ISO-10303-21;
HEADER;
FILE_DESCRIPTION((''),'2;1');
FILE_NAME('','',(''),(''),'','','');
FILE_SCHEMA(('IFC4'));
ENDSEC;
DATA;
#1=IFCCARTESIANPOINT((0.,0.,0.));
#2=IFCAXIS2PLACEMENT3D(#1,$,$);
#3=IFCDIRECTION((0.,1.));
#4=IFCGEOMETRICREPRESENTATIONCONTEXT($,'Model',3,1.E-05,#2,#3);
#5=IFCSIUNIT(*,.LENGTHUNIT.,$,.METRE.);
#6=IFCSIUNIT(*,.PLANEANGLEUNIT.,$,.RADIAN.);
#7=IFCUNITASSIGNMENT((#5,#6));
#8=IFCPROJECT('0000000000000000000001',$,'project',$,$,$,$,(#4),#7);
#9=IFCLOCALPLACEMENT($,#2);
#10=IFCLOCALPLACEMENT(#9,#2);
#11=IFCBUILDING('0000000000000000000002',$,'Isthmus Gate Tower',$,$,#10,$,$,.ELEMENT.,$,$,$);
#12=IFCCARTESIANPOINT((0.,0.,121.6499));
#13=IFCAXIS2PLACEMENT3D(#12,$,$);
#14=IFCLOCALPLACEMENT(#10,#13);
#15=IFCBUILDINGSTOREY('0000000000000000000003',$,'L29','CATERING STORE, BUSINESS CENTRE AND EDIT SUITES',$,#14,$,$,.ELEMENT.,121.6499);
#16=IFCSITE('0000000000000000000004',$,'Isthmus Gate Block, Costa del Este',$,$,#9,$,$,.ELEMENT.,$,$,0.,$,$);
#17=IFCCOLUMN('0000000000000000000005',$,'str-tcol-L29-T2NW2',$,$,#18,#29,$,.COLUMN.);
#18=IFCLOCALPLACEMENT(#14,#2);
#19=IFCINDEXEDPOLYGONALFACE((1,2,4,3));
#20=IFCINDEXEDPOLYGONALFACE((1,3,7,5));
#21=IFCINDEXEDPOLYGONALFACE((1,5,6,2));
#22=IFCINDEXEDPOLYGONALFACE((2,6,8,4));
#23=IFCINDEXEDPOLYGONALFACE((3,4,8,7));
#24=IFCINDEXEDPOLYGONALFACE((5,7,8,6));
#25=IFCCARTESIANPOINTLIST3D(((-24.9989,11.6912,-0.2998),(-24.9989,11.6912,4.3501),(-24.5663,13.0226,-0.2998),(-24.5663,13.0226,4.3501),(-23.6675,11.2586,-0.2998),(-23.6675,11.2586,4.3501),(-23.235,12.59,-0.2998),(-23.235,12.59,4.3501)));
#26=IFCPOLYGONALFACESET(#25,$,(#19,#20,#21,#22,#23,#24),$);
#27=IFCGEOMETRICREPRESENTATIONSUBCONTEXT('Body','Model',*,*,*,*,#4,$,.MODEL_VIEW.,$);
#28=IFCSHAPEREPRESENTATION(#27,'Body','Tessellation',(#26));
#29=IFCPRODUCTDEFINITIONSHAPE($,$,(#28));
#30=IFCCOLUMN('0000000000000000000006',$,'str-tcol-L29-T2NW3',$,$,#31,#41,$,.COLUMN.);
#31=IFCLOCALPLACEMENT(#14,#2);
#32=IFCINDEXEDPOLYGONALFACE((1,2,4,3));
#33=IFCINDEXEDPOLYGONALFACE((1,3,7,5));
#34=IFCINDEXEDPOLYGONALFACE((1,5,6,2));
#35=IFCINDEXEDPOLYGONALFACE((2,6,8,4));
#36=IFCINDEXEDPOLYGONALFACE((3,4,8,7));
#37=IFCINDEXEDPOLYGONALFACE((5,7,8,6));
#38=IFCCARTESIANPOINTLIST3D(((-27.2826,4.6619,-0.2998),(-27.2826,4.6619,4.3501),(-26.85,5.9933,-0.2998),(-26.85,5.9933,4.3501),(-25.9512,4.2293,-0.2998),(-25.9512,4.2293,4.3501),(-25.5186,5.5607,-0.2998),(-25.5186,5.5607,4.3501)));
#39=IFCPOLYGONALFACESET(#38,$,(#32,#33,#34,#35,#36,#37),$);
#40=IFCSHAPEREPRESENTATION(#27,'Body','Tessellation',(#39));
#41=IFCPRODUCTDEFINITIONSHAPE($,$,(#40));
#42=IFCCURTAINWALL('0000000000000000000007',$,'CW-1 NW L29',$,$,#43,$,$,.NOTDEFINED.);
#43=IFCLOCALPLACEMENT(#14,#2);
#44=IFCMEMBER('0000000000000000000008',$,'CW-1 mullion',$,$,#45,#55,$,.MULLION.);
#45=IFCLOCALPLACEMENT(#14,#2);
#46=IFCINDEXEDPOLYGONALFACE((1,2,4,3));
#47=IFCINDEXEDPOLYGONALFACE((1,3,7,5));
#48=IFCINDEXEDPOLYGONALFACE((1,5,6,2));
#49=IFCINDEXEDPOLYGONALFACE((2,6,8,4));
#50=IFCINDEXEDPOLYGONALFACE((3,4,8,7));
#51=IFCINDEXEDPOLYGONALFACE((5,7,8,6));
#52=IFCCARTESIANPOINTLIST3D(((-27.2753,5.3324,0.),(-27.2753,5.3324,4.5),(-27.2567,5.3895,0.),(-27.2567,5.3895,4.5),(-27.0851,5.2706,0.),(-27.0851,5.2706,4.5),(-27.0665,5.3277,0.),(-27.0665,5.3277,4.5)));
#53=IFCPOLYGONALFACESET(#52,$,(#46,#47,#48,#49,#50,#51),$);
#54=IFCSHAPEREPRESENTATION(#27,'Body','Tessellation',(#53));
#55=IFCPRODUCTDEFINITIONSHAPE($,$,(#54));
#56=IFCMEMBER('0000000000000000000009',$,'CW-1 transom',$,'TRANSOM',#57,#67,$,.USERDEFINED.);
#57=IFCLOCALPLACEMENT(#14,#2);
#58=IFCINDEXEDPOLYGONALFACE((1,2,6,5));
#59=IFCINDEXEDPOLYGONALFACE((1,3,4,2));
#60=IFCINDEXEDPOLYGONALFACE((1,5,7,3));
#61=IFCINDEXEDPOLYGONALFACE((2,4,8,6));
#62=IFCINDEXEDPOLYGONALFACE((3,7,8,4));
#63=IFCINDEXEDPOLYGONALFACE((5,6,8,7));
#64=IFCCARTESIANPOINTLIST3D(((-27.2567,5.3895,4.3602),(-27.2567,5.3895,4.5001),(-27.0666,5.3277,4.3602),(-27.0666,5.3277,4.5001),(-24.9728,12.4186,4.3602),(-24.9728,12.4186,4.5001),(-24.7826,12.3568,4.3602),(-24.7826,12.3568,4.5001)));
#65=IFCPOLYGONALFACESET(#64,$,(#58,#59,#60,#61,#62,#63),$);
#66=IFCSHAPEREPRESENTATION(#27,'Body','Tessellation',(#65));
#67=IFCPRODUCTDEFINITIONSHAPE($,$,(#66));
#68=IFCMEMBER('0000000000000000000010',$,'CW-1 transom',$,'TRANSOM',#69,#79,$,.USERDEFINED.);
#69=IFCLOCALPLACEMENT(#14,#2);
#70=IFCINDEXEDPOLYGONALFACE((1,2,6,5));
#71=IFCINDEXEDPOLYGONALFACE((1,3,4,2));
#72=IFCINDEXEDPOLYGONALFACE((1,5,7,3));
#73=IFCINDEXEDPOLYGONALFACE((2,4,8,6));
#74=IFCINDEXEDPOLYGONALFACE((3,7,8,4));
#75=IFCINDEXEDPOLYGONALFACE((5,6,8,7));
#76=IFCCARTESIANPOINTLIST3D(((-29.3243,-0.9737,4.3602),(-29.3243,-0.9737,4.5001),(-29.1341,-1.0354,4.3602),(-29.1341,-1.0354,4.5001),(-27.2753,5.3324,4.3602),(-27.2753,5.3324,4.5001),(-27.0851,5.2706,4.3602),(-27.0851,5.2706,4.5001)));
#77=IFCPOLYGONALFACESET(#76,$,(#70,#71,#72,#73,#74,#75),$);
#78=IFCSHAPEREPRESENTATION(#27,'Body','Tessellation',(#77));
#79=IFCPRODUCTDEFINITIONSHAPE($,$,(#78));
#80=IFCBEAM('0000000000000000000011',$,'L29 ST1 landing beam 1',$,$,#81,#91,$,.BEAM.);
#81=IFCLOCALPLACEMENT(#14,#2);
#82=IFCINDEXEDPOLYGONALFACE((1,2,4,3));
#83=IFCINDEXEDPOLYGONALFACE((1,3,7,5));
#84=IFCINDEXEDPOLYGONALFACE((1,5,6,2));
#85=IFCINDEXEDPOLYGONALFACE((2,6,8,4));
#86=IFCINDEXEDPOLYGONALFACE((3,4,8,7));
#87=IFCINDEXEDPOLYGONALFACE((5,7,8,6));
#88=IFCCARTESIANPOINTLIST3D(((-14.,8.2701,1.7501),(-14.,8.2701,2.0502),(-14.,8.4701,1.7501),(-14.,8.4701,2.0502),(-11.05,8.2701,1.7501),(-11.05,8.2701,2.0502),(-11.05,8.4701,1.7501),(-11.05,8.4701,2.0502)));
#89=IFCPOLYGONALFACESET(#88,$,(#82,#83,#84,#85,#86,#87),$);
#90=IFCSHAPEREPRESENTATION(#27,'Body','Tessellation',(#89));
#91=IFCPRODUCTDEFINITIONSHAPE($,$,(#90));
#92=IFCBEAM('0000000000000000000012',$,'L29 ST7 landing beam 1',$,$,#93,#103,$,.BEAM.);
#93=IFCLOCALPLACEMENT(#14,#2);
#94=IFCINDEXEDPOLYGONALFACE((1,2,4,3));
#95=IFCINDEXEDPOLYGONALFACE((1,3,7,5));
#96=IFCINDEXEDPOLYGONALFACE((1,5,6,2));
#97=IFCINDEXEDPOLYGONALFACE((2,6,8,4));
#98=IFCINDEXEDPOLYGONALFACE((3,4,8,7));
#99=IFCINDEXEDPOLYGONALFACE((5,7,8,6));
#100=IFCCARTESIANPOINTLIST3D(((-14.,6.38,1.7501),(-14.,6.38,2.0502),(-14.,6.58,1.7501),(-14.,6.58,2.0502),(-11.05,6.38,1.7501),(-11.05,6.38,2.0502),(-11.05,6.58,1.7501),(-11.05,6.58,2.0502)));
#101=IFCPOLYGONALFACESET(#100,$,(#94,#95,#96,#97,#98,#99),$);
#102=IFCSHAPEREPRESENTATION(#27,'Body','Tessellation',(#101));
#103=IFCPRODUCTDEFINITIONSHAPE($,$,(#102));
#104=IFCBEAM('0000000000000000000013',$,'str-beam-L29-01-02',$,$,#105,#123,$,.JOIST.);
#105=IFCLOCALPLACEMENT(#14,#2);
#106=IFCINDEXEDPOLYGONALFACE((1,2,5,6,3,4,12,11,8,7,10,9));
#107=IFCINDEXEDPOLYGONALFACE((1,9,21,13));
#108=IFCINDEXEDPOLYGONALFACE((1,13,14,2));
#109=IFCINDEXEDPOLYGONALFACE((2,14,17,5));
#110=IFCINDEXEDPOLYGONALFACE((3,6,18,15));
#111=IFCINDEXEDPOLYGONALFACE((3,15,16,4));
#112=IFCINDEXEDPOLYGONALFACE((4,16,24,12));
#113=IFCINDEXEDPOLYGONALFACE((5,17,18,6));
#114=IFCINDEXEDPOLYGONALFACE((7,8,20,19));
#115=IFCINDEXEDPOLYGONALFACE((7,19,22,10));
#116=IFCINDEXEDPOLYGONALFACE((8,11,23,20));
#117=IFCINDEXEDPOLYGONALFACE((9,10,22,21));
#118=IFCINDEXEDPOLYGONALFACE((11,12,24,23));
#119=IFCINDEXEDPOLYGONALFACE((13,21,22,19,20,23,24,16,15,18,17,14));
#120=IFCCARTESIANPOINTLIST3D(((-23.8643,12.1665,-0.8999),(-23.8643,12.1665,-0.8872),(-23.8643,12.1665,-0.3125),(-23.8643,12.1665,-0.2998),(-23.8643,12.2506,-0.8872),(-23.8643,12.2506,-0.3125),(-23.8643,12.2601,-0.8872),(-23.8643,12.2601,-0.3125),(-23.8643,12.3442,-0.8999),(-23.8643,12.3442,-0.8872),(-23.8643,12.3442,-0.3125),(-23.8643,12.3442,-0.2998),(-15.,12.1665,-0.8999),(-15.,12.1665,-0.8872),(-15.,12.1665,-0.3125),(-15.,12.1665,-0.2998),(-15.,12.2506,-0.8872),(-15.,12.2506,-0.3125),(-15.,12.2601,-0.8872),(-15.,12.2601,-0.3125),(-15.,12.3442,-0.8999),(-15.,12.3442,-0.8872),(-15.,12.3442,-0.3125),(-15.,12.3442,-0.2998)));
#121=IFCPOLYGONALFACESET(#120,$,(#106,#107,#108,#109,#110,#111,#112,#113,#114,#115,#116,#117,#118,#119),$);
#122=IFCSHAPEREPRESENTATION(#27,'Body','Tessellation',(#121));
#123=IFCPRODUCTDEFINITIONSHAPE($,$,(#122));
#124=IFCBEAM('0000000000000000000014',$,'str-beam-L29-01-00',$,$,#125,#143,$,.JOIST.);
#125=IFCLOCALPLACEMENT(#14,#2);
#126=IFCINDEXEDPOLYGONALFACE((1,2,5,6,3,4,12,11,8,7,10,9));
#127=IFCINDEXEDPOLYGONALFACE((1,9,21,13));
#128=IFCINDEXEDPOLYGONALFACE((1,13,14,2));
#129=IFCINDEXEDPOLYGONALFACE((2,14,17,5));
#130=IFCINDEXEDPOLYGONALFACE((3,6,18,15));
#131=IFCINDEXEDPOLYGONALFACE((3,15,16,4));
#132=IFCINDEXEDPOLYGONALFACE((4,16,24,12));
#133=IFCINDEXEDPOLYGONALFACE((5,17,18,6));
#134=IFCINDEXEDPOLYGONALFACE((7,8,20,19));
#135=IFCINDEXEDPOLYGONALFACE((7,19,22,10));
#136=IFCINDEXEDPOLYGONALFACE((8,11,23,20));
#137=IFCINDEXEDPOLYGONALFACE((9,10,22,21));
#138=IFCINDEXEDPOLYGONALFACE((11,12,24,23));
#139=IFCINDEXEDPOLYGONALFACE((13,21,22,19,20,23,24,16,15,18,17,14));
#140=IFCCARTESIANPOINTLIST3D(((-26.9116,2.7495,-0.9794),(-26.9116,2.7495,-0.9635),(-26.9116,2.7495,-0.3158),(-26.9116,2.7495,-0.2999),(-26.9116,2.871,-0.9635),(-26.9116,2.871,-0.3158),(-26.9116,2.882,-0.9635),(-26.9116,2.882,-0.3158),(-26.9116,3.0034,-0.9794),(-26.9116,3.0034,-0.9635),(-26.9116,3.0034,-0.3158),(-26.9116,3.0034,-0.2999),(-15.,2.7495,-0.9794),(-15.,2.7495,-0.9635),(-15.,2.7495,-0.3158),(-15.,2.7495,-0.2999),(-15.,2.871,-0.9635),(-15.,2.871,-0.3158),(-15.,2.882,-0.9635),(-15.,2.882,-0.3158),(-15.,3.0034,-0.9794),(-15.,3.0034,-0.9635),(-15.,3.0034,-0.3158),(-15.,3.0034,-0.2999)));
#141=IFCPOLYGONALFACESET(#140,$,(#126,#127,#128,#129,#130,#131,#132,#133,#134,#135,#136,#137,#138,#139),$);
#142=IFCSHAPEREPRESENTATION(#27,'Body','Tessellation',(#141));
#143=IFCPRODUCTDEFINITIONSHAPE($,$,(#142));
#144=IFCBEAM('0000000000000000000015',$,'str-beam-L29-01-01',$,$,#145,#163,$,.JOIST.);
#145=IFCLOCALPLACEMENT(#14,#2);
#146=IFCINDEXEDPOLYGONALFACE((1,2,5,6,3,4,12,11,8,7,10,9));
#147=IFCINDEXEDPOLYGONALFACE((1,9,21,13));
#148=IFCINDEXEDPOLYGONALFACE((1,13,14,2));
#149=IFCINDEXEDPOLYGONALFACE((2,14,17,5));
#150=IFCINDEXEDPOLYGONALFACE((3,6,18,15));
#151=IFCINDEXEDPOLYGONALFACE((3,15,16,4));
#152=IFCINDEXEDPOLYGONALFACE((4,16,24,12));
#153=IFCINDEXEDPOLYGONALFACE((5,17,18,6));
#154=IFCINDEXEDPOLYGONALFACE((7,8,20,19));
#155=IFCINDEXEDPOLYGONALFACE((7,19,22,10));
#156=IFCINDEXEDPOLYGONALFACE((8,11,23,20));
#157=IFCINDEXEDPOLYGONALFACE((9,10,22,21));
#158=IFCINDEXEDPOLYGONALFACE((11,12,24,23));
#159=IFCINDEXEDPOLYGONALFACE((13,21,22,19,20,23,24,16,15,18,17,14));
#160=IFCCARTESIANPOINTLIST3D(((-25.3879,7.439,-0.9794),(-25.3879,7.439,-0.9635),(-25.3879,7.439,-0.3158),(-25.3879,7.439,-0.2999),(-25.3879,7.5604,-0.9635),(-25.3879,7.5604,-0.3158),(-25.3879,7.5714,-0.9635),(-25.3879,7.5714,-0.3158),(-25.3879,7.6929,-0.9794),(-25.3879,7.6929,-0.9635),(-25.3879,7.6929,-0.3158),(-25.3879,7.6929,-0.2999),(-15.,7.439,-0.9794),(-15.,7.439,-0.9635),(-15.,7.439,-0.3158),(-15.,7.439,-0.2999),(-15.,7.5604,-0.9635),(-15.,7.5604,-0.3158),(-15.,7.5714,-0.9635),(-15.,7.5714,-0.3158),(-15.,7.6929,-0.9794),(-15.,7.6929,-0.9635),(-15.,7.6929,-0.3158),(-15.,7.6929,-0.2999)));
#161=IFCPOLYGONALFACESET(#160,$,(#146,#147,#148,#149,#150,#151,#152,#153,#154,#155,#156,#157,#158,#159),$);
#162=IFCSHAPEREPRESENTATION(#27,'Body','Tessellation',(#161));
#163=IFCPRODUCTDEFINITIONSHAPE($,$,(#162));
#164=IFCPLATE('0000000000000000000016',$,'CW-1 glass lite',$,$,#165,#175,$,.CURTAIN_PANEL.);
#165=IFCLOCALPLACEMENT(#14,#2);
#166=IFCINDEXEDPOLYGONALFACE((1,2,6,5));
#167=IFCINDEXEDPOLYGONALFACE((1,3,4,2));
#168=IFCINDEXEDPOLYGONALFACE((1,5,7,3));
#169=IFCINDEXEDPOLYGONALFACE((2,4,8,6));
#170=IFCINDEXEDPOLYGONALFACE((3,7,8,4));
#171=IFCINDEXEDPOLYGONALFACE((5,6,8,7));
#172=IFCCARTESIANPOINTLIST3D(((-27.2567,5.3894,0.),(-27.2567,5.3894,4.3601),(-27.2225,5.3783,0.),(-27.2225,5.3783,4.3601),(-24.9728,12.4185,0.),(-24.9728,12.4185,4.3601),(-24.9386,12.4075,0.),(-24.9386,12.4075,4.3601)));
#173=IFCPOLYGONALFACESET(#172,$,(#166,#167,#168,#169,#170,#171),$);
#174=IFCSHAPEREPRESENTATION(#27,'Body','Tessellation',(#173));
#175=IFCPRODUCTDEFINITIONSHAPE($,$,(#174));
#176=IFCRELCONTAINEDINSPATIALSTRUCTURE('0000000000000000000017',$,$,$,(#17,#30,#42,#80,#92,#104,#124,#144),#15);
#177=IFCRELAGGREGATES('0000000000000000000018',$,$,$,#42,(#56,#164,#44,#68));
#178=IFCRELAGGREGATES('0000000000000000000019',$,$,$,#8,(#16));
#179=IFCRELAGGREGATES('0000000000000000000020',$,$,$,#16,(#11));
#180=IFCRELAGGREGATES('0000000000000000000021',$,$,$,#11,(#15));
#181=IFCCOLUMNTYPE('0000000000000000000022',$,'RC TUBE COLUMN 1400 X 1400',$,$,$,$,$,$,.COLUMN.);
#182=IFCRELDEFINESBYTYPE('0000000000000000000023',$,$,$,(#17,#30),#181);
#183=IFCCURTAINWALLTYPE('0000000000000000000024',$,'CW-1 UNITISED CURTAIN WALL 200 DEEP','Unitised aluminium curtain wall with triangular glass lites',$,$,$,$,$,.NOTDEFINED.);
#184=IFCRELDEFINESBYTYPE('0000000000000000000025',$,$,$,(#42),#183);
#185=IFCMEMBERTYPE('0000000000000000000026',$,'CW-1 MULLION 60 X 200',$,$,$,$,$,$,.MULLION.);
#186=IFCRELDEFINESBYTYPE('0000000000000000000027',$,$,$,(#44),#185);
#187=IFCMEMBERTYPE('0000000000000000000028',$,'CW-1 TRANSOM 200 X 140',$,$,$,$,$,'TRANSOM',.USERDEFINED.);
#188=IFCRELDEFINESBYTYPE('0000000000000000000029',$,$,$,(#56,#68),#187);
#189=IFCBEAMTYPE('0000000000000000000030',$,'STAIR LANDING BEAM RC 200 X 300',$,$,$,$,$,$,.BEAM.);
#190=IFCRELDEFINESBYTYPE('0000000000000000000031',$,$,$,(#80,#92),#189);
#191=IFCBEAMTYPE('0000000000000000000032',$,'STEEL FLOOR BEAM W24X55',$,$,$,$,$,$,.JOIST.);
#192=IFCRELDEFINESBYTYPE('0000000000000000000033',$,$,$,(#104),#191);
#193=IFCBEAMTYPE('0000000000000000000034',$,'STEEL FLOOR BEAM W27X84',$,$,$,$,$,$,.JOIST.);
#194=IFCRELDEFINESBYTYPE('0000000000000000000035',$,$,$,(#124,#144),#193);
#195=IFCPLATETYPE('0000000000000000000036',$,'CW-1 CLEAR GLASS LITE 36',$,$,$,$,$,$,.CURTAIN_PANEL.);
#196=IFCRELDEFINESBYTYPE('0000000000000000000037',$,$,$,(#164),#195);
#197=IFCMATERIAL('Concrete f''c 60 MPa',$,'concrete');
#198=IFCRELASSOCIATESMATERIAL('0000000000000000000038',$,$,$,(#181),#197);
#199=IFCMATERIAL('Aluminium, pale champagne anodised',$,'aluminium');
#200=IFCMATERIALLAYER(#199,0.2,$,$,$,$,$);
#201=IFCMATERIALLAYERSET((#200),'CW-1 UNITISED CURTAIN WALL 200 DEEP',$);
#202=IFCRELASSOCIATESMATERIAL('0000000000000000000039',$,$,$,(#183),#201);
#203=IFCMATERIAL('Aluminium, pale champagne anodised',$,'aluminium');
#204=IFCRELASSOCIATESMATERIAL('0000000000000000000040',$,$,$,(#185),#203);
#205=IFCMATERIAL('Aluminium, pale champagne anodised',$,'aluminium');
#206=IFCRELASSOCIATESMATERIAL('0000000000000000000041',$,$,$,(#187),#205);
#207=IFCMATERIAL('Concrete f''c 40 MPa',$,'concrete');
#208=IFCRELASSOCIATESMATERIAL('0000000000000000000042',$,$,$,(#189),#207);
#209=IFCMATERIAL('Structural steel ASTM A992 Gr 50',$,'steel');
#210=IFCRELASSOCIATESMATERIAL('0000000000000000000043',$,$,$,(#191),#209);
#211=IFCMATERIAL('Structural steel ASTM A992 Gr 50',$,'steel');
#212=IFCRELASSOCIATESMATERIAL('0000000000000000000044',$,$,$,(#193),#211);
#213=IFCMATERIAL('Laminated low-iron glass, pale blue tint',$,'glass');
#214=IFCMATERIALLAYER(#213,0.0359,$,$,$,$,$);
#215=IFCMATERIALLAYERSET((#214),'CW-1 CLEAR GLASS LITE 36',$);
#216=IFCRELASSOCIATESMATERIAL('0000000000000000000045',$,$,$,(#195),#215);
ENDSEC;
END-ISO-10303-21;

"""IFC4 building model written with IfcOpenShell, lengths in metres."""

from ifc_helpers import new_model, si_unit, direction, frame, origin, origin_2d, place, context, subcontext, project, spatial, rectangle, i_section, extrude, material, layer, layer_set, material_profile, profile_set, type_object, element, aggregate, save


model = new_model("IFC4")

# Units and contexts
model_context = context("Model", 3, precision=1e-05, world=origin(), true_north=direction((0.0, 1.0)))
body_context = subcontext(model_context, "Body", "Model", "MODEL_VIEW")
ifc_project = project(units=[si_unit("LENGTHUNIT", "METRE"), si_unit("PLANEANGLEUNIT", "RADIAN")], contexts=[model_context])

# Site, building, storey
site_placement = place(None, origin())
site = spatial("IfcSite", under=ifc_project, at=site_placement, Name="Isthmus Gate Block, Costa del Este", CompositionType="ELEMENT", RefElevation=0.0)
building_placement = place(site_placement, origin())
building = spatial("IfcBuilding", under=site, at=building_placement, Name="Isthmus Gate Tower", CompositionType="ELEMENT")
storey_placement = place(building_placement, frame((0.0, 0.0, 121.6499)))
storey = spatial("IfcBuildingStorey", under=building, at=storey_placement, Name="L29", Description="CATERING STORE, BUSINESS CENTRE AND EDIT SUITES", CompositionType="ELEMENT", Elevation=121.6499)

# Columns
ifc_material_1 = material(Name="Concrete f'c 60 MPa", Category="concrete")
ifc_material_profile_1 = material_profile(ifc_material_1, rectangle(XDim=1.3999, YDim=1.3999, at=origin_2d()), Name="RC 1400X1400")
ifc_profile_set_1 = profile_set([ifc_material_profile_1], Name="Concrete f'c 60 MPa")
column_type = type_object("IfcColumnType", Name="RC TUBE COLUMN 1400 X 1400", PredefinedType="COLUMN", material=ifc_profile_set_1)
for number, where, z_axis, x_axis, name in (
    (1, (-24.1169, 12.1406, -0.2998), (0.0, 0.0, 1.0), (-0.309017, -0.951057, 0.0), "str-tcol-L29-T2NW2"),
    (2, (-26.4006, 5.1113, -0.2998), (0.0, 0.0, 1.0), (-0.309017, -0.951057, 0.0), "str-tcol-L29-T2NW3"),
):
    element("IfcColumn", number, at=place(storey_placement, frame(where, z_axis=z_axis, x_axis=x_axis)), inside=storey, type_object=column_type, Name=name, PredefinedType="COLUMN", context=body_context, shape_type="SweptSolid", body=[
        extrude(rectangle(XDim=1.3999, YDim=1.3999, at=origin_2d()), origin(), (0.0, 0.0, 1.0), 4.6499),
    ])

# Curtain wall, members
ifc_material_2 = material(Name="Aluminium, pale champagne anodised", Category="aluminium")
ifc_layer_1 = layer(ifc_material_2, 0.2)
ifc_layer_set_1 = layer_set([ifc_layer_1], Name="CW-1 UNITISED CURTAIN WALL 200 DEEP")
curtain_wall_type = type_object("IfcCurtainWallType", Name="CW-1 UNITISED CURTAIN WALL 200 DEEP", Description="Unitised aluminium curtain wall with triangular glass lites", PredefinedType="NOTDEFINED", material=ifc_layer_set_1)
curtain_wall_placement = place(storey_placement, origin())
curtain_wall = element("IfcCurtainWall", 3, at=curtain_wall_placement, inside=storey, type_object=curtain_wall_type, Name="CW-1 NW L29", PredefinedType="NOTDEFINED")
ifc_material_3 = material(Name="Aluminium, pale champagne anodised", Category="aluminium")
ifc_material_profile_2 = material_profile(ifc_material_3, rectangle(XDim=0.0601, YDim=0.2, at=origin_2d()), Name="60x200")
ifc_profile_set_2 = profile_set([ifc_material_profile_2], Name="Aluminium, pale champagne anodised")
member_type_1 = type_object("IfcMemberType", Name="CW-1 MULLION 60 X 200", PredefinedType="MULLION", material=ifc_profile_set_2)
member_1_placement = place(storey_placement, frame((-27.1709, 5.3301, 0.0), z_axis=(0.0, 0.0, 1.0), x_axis=(-0.309017, -0.951057, 0.0)))
member_1 = element("IfcMember", 4, at=member_1_placement, type_object=member_type_1, Name="CW-1 mullion", PredefinedType="MULLION", context=body_context, shape_type="SweptSolid", body=[
    extrude(rectangle(XDim=0.0601, YDim=0.2, at=origin_2d()), origin(), (0.0, 0.0, 1.0), 4.5),
])
ifc_material_4 = material(Name="Aluminium, pale champagne anodised", Category="aluminium")
ifc_material_profile_3 = material_profile(ifc_material_4, rectangle(XDim=0.2, YDim=0.1399, at=origin_2d()), Name="200x140")
ifc_profile_set_3 = profile_set([ifc_material_profile_3], Name="Aluminium, pale champagne anodised")
member_type_2 = type_object("IfcMemberType", Name="CW-1 TRANSOM 200 X 140", ElementType="TRANSOM", PredefinedType="USERDEFINED", material=ifc_profile_set_3)
member_2_placement = place(storey_placement, frame((-24.8777, 12.3877, 4.4302), z_axis=(-0.309024, -0.951054, 0.0), x_axis=(0.951054, -0.309024, 0.0)))
member_2 = element("IfcMember", 5, at=member_2_placement, type_object=member_type_2, Name="CW-1 transom", ObjectType="TRANSOM", PredefinedType="USERDEFINED", context=body_context, shape_type="SweptSolid", body=[
    extrude(rectangle(XDim=0.2, YDim=0.1399, at=origin_2d()), origin(), (0.0, 0.0, 1.0), 7.3909),
])
member_3_placement = place(storey_placement, frame((-27.1802, 5.3015, 4.4302), z_axis=(-0.309028, -0.951053, 0.0), x_axis=(0.951053, -0.309028, 0.0)))
member_3 = element("IfcMember", 6, at=member_3_placement, type_object=member_type_2, Name="CW-1 transom", ObjectType="TRANSOM", PredefinedType="USERDEFINED", context=body_context, shape_type="SweptSolid", body=[
    extrude(rectangle(XDim=0.2, YDim=0.1399, at=origin_2d()), origin(), (0.0, 0.0, 1.0), 6.6306),
])

# Beams
ifc_material_5 = material(Name="Concrete f'c 40 MPa", Category="concrete")
ifc_material_profile_4 = material_profile(ifc_material_5, rectangle(XDim=0.2, YDim=0.3, at=origin_2d()), Name="STAIR LANDING BEAM RC 200 X 300")
ifc_profile_set_4 = profile_set([ifc_material_profile_4], Name="Concrete f'c 40 MPa")
beam_type_1 = type_object("IfcBeamType", Name="STAIR LANDING BEAM RC 200 X 300", PredefinedType="BEAM", material=ifc_profile_set_4)
for number, where, z_axis, x_axis, name in (
    (7, (-14.0, 8.3701, 1.9001), (1.0, 0.0, 0.0), (0.0, 1.0, 0.0), "L29 ST1 landing beam 1"),
    (8, (-14.0, 6.48, 1.9001), (1.0, 0.0, 0.0), (0.0, 1.0, 0.0), "L29 ST7 landing beam 1"),
):
    element("IfcBeam", number, at=place(storey_placement, frame(where, z_axis=z_axis, x_axis=x_axis)), inside=storey, type_object=beam_type_1, Name=name, PredefinedType="BEAM", context=body_context, shape_type="SweptSolid", body=[
        extrude(rectangle(XDim=0.2, YDim=0.3, at=origin_2d()), origin(), (0.0, 0.0, 1.0), 2.95),
    ])
ifc_material_6 = material(Name="Structural steel ASTM A992 Gr 50", Category="steel")
ifc_material_profile_5 = material_profile(ifc_material_6, i_section(OverallWidth=0.1777, OverallDepth=0.6001, WebThickness=0.0095, FlangeThickness=0.0127, at=origin_2d()), Name="W24X55")
ifc_profile_set_5 = profile_set([ifc_material_profile_5], Name="Structural steel ASTM A992 Gr 50")
beam_type_2 = type_object("IfcBeamType", Name="STEEL FLOOR BEAM W24X55", PredefinedType="JOIST", material=ifc_profile_set_5)
beam_1_placement = place(storey_placement, frame((-23.8643, 12.2554, -0.5999), z_axis=(1.0, 0.0, 0.0), x_axis=(0.0, 1.0, 0.0)))
element("IfcBeam", 9, at=beam_1_placement, inside=storey, type_object=beam_type_2, Name="str-beam-L29-01-02", PredefinedType="JOIST", context=body_context, shape_type="SweptSolid", body=[
    extrude(i_section(OverallWidth=0.1777, OverallDepth=0.6001, WebThickness=0.0095, FlangeThickness=0.0127, at=origin_2d()), origin(), (0.0, 0.0, 1.0), 8.8643),
])
ifc_material_7 = material(Name="Structural steel ASTM A992 Gr 50", Category="steel")
ifc_material_profile_6 = material_profile(ifc_material_7, i_section(OverallWidth=0.2539, OverallDepth=0.6794, WebThickness=0.011, FlangeThickness=0.0159, at=origin_2d()), Name="W27X84")
ifc_profile_set_6 = profile_set([ifc_material_profile_6], Name="Structural steel ASTM A992 Gr 50")
beam_type_3 = type_object("IfcBeamType", Name="STEEL FLOOR BEAM W27X84", PredefinedType="JOIST", material=ifc_profile_set_6)
beam_2_placement = place(storey_placement, frame((-26.9116, 2.8765, -0.6396), z_axis=(1.0, 0.0, 0.0), x_axis=(0.0, 1.0, 0.0)))
element("IfcBeam", 10, at=beam_2_placement, inside=storey, type_object=beam_type_3, Name="str-beam-L29-01-00", PredefinedType="JOIST", context=body_context, shape_type="SweptSolid", body=[
    extrude(i_section(OverallWidth=0.2539, OverallDepth=0.6794, WebThickness=0.011, FlangeThickness=0.0159, at=origin_2d()), origin(), (0.0, 0.0, 1.0), 11.9116),
])
beam_3_placement = place(storey_placement, frame((-25.3879, 7.5659, -0.6396), z_axis=(1.0, 0.0, 0.0), x_axis=(0.0, 1.0, 0.0)))
element("IfcBeam", 11, at=beam_3_placement, inside=storey, type_object=beam_type_3, Name="str-beam-L29-01-01", PredefinedType="JOIST", context=body_context, shape_type="SweptSolid", body=[
    extrude(i_section(OverallWidth=0.2539, OverallDepth=0.6794, WebThickness=0.011, FlangeThickness=0.0159, at=origin_2d()), origin(), (0.0, 0.0, 1.0), 10.3879),
])

# Plate
ifc_material_8 = material(Name="Laminated low-iron glass, pale blue tint", Category="glass")
ifc_layer_2 = layer(ifc_material_8, 0.0359)
ifc_layer_set_2 = layer_set([ifc_layer_2], Name="CW-1 CLEAR GLASS LITE 36")
plate_type = type_object("IfcPlateType", Name="CW-1 CLEAR GLASS LITE 36", PredefinedType="CURTAIN_PANEL", material=ifc_layer_set_2)
plate_placement = place(storey_placement, frame((-26.0977, 8.8984, 0.0), z_axis=(0.0, 0.0, 1.0), x_axis=(-0.309017, -0.951057, 0.0)))
plate = element("IfcPlate", 12, at=plate_placement, type_object=plate_type, Name="CW-1 glass lite", PredefinedType="CURTAIN_PANEL", context=body_context, shape_type="SweptSolid", body=[
    extrude(rectangle(XDim=7.3909, YDim=0.0359, at=origin_2d()), origin(), (0.0, 0.0, 1.0), 4.3601),
])
aggregate(curtain_wall, [member_2, plate, member_1, member_3])

save(model, "model.ifc")
